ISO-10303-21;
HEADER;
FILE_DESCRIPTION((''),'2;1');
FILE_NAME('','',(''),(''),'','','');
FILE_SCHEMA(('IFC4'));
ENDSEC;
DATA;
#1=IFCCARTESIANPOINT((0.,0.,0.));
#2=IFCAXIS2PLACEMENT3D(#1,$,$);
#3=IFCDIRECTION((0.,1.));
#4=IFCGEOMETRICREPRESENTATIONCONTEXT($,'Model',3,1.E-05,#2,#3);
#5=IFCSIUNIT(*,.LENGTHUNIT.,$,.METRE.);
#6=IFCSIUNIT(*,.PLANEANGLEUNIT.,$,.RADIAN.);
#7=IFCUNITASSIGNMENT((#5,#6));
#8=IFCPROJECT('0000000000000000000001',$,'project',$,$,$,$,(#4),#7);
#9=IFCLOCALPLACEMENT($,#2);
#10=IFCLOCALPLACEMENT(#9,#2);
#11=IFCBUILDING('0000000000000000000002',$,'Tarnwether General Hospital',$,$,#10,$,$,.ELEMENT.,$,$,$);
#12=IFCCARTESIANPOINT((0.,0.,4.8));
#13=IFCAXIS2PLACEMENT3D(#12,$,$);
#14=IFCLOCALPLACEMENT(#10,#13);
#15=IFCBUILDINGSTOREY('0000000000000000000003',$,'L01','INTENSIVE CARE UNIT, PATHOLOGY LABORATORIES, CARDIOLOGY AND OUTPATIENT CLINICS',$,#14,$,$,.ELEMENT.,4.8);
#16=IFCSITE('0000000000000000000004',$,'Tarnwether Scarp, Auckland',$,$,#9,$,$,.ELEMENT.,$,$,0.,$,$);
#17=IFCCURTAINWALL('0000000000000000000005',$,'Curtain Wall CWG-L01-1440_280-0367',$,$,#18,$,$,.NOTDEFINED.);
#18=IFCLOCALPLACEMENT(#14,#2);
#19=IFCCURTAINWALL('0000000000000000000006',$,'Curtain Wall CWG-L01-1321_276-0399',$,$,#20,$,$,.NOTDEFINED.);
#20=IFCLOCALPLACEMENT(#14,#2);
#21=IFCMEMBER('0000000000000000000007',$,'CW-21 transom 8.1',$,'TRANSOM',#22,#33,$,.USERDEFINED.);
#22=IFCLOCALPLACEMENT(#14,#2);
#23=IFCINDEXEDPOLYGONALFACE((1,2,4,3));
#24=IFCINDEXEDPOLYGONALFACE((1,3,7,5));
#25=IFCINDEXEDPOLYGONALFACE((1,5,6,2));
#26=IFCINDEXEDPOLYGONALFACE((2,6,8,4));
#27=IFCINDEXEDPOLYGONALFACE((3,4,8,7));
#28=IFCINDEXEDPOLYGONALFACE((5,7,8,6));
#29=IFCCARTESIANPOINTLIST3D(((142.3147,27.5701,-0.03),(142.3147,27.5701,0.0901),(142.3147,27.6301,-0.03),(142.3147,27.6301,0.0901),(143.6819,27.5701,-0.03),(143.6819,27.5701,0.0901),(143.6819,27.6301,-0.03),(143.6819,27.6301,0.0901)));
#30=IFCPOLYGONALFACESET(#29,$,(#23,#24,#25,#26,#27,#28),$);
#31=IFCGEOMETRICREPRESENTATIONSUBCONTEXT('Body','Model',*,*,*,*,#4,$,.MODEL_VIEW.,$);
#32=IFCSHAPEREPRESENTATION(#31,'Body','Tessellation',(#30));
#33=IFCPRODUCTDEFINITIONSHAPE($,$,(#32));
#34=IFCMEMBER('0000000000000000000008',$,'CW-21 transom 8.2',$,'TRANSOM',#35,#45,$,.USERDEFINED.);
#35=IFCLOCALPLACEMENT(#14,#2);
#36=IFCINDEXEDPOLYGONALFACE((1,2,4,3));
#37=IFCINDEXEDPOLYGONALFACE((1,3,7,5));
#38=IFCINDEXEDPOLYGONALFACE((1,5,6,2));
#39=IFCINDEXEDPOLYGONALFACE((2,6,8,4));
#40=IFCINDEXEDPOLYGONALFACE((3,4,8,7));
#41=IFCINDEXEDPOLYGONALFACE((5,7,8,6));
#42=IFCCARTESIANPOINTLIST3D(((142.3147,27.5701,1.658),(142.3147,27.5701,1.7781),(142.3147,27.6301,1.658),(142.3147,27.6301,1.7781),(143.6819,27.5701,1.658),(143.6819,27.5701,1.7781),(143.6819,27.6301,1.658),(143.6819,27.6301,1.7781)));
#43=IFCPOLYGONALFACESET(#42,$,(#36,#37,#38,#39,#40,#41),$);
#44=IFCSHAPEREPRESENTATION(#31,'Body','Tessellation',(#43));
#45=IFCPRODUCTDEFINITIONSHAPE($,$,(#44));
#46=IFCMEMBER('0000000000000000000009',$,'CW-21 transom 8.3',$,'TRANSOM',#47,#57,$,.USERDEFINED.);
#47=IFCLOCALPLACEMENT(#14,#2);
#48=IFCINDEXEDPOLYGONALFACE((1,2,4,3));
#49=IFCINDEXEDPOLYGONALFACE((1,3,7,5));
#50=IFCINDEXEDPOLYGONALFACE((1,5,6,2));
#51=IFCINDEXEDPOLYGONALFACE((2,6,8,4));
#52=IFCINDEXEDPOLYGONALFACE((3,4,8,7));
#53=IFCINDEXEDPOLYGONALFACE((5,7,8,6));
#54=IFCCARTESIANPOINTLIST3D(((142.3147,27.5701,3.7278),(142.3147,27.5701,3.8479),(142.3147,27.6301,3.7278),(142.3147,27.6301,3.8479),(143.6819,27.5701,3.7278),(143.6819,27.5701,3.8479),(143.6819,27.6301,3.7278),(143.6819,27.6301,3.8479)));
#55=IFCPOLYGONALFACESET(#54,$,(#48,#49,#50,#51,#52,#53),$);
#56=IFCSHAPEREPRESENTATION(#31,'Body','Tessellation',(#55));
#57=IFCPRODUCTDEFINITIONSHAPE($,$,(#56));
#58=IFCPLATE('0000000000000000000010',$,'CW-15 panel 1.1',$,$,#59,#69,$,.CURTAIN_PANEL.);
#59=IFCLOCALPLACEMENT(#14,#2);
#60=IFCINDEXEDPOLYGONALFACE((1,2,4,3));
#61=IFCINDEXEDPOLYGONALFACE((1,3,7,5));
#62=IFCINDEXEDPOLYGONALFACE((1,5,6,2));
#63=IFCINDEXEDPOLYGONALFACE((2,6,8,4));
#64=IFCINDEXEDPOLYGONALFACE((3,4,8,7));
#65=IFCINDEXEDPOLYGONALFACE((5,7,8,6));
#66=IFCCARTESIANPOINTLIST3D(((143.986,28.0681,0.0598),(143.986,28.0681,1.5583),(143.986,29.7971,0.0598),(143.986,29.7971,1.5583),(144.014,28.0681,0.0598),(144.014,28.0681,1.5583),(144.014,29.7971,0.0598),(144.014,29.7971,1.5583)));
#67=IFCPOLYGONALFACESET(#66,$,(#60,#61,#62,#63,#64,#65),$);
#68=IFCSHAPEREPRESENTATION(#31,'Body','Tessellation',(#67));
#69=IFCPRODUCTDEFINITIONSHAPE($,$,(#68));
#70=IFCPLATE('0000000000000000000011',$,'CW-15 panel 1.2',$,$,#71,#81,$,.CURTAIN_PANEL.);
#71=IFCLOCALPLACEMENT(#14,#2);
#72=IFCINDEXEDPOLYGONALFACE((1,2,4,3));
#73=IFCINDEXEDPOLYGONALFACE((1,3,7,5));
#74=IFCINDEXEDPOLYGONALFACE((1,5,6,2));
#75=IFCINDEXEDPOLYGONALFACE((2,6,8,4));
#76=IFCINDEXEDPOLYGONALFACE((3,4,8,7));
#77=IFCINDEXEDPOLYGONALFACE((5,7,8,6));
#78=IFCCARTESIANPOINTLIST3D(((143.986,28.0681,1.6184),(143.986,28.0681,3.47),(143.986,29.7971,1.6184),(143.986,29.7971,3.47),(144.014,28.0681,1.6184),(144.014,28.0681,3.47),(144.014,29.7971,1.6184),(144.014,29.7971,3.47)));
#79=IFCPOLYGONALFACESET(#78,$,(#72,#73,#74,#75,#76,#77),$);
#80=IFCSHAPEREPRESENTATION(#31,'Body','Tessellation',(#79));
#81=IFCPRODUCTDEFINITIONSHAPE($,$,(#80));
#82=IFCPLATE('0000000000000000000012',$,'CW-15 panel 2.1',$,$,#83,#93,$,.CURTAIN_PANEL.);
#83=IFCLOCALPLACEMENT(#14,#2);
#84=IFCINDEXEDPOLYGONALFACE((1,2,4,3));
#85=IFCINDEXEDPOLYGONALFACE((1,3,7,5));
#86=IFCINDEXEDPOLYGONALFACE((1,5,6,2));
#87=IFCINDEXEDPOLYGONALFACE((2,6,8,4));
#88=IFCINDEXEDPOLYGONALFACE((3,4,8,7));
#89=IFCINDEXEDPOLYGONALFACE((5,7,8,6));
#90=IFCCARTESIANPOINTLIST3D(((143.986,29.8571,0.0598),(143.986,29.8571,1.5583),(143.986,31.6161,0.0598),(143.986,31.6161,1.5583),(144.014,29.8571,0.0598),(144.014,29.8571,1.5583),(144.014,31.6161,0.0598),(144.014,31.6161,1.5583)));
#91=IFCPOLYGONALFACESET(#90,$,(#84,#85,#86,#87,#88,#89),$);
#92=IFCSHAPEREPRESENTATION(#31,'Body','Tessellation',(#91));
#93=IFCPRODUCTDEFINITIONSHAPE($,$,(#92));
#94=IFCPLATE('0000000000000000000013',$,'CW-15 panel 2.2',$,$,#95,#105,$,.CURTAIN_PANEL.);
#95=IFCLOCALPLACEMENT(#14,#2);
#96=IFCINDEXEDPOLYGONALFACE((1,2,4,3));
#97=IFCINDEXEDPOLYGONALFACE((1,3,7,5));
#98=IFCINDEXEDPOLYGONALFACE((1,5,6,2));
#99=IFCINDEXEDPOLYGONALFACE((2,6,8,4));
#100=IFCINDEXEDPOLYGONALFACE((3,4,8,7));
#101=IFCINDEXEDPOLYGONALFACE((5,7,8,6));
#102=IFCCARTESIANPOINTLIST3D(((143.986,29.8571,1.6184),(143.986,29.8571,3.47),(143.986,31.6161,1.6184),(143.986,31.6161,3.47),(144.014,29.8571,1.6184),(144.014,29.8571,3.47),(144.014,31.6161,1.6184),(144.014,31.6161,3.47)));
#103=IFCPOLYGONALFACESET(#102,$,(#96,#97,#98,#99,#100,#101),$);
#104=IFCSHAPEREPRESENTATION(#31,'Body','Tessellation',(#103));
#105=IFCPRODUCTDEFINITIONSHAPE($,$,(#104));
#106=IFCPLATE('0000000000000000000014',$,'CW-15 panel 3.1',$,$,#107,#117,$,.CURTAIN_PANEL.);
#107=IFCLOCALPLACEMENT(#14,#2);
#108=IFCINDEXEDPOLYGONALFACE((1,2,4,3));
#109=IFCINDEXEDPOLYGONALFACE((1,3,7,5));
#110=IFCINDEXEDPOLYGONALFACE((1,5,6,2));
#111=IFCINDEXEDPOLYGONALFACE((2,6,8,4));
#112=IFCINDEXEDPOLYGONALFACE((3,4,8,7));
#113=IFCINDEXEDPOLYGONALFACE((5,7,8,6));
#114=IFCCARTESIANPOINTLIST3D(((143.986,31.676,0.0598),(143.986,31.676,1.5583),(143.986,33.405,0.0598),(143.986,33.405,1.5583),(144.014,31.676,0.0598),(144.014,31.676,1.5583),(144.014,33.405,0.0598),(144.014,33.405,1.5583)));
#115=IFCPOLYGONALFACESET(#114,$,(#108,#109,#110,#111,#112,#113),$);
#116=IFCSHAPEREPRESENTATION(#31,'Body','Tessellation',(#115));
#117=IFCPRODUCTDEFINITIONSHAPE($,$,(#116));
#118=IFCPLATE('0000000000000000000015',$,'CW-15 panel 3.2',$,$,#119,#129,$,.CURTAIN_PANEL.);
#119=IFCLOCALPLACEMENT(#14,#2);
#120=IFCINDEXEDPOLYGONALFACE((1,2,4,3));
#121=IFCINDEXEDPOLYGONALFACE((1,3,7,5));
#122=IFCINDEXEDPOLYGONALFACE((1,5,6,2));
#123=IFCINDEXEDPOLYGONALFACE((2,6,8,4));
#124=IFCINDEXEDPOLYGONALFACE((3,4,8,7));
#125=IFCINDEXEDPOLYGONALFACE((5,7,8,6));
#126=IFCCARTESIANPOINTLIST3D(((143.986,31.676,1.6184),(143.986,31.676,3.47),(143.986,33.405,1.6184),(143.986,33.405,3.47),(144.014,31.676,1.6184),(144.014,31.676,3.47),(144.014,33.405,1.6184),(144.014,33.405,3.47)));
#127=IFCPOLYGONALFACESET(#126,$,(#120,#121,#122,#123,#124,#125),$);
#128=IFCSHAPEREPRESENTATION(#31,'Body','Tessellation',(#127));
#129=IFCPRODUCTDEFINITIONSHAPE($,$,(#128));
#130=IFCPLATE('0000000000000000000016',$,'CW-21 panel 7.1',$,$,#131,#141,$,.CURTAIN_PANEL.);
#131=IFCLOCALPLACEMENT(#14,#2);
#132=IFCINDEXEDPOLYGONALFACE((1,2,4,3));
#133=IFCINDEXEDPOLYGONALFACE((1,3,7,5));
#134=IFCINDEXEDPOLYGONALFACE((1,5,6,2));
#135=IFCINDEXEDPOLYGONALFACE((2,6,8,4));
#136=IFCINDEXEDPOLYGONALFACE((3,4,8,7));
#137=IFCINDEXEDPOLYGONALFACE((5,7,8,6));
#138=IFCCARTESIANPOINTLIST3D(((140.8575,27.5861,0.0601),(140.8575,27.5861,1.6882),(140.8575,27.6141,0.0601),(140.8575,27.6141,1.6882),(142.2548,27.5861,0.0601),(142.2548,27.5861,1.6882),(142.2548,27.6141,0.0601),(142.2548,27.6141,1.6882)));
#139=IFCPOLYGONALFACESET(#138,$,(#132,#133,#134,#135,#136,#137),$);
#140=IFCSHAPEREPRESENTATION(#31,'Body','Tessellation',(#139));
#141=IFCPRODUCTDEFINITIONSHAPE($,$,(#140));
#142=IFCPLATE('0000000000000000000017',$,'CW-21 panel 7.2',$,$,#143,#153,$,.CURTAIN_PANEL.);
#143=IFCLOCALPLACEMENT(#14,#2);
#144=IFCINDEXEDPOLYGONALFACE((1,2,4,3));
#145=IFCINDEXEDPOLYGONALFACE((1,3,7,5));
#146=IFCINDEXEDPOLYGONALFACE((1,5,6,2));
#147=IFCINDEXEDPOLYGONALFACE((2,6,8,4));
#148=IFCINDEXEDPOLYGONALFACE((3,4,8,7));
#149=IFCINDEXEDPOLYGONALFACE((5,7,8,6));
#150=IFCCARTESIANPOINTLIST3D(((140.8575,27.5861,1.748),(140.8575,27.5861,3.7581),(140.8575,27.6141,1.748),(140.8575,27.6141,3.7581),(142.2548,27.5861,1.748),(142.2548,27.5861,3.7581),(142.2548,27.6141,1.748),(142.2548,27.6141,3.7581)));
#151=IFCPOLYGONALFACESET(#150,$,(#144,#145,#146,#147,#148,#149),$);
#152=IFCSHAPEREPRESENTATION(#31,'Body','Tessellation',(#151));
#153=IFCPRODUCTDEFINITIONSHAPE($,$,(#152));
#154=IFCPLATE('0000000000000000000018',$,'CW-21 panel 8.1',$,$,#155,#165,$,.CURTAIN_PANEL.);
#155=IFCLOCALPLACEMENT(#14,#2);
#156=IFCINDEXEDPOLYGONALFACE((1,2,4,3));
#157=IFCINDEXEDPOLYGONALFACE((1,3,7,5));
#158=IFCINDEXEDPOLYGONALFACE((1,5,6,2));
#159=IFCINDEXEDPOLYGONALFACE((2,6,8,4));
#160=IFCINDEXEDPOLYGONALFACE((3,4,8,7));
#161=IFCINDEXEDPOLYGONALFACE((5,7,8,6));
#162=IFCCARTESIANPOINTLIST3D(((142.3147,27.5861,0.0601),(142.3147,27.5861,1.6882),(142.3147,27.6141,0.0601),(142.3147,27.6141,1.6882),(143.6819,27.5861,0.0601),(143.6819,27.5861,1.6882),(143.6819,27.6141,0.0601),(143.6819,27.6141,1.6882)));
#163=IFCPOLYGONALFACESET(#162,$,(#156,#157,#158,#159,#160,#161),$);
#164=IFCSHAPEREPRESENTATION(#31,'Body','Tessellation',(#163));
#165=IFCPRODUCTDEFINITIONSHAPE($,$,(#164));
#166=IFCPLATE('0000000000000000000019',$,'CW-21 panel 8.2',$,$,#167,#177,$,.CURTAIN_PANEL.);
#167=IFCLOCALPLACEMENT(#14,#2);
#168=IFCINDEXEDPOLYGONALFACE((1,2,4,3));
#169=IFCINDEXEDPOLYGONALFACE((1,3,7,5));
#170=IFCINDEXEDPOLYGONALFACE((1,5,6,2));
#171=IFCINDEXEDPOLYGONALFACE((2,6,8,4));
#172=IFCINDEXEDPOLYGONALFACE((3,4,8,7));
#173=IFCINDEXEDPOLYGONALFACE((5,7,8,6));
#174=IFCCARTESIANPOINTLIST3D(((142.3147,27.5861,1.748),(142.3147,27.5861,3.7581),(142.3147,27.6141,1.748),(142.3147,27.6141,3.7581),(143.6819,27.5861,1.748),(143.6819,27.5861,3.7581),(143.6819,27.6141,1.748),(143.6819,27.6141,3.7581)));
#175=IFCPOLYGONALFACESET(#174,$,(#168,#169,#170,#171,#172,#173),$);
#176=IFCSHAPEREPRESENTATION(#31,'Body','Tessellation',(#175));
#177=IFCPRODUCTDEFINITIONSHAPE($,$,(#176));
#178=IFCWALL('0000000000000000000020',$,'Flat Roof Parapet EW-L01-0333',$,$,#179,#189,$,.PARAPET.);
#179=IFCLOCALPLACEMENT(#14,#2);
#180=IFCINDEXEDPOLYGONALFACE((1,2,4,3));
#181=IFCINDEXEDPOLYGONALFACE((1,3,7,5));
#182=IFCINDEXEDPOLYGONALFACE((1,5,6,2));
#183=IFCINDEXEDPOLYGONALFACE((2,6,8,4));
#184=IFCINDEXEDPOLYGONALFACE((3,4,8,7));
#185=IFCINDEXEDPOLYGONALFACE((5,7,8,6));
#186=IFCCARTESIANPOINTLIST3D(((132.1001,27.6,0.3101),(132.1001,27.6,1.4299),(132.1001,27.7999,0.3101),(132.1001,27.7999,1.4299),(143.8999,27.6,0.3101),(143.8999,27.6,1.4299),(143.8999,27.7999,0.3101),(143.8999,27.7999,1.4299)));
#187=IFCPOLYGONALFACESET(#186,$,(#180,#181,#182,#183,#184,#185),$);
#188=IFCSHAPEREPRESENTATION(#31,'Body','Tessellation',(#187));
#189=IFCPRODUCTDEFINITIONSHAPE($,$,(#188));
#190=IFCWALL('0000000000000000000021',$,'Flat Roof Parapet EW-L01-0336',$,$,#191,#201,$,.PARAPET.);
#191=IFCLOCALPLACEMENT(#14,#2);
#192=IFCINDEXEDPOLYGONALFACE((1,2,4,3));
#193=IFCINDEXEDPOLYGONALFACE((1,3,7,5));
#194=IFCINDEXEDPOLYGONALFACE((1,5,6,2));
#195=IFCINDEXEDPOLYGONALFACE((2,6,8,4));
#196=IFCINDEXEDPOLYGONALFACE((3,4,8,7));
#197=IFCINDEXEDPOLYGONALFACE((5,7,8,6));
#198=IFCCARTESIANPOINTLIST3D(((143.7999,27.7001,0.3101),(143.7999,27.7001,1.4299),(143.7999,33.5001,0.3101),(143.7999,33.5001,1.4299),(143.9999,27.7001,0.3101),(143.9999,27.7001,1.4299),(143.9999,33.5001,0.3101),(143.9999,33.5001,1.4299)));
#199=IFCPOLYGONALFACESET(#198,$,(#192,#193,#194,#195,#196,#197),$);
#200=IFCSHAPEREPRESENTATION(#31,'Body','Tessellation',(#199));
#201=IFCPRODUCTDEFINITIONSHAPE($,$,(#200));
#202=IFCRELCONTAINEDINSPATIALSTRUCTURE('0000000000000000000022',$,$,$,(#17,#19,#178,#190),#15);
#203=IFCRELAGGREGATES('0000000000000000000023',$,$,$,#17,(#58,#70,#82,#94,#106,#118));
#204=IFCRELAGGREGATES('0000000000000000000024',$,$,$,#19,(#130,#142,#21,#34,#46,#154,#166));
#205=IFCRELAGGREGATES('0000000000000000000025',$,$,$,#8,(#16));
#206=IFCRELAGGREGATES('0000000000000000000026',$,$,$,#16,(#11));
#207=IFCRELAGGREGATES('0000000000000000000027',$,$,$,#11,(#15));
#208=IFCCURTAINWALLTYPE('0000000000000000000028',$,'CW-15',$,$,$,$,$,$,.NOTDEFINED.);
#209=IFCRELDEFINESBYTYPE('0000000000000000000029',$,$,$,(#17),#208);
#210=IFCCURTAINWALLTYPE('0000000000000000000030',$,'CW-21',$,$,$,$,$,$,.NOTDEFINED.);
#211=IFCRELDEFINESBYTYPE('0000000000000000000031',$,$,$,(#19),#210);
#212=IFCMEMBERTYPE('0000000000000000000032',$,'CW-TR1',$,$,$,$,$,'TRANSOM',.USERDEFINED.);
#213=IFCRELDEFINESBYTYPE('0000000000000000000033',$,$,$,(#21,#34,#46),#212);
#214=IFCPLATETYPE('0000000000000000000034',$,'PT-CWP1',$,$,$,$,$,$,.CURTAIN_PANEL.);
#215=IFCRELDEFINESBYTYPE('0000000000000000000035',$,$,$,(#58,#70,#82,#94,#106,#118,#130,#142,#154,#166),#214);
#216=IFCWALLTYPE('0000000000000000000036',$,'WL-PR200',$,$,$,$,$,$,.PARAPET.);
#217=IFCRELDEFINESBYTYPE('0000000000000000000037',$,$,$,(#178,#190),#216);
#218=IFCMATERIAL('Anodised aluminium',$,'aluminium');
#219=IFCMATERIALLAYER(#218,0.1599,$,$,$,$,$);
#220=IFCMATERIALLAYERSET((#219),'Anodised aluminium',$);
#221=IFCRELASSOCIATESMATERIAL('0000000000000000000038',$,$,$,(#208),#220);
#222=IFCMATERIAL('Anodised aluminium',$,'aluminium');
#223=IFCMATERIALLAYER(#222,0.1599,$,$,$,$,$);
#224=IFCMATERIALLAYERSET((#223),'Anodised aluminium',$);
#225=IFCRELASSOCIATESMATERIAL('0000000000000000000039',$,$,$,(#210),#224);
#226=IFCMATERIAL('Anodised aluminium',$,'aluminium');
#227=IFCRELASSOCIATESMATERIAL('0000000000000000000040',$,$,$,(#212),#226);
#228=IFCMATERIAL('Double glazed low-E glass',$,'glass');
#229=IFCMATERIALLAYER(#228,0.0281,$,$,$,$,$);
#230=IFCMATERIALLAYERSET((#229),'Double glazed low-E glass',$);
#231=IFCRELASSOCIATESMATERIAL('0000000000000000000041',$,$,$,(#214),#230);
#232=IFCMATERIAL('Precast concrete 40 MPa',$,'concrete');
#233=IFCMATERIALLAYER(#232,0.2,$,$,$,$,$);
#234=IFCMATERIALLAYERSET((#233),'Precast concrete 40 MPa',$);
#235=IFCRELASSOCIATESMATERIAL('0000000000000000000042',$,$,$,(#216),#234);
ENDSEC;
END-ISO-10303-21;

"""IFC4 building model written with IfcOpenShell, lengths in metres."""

from ifc_helpers import new_model, si_unit, direction, frame, frame_2d, origin, origin_2d, place, context, subcontext, project, spatial, rectangle, extrude, material, layer, layer_set, material_profile, profile_set, type_object, element, aggregate, save


model = new_model("IFC4")

# Units and contexts
model_context = context("Model", 3, precision=1e-05, world=origin(), true_north=direction((0.0, 1.0)))
body_context = subcontext(model_context, "Body", "Model", "MODEL_VIEW")
ifc_project = project(units=[si_unit("LENGTHUNIT", "METRE"), si_unit("PLANEANGLEUNIT", "RADIAN")], contexts=[model_context])

# Site, building, storey
site_placement = place(None, origin())
site = spatial("IfcSite", under=ifc_project, at=site_placement, Name="Tarnwether Scarp, Auckland", CompositionType="ELEMENT", RefElevation=0.0)
building_placement = place(site_placement, origin())
building = spatial("IfcBuilding", under=site, at=building_placement, Name="Tarnwether General Hospital", CompositionType="ELEMENT")
storey_placement = place(building_placement, frame((0.0, 0.0, 4.8)))
storey = spatial("IfcBuildingStorey", under=building, at=storey_placement, Name="L01", Description="INTENSIVE CARE UNIT, PATHOLOGY LABORATORIES, CARDIOLOGY AND OUTPATIENT CLINICS", CompositionType="ELEMENT", Elevation=4.8)

# Curtain walls
ifc_material_1 = material(Name="Anodised aluminium", Category="aluminium")
ifc_layer_1 = layer(ifc_material_1, 0.1599)
ifc_layer_set_1 = layer_set([ifc_layer_1], Name="Anodised aluminium")
curtain_wall_type_1 = type_object("IfcCurtainWallType", Name="CW-15", PredefinedType="NOTDEFINED", material=ifc_layer_set_1)
curtain_wall_1_placement = place(storey_placement, origin())
curtain_wall_1 = element("IfcCurtainWall", 1, at=curtain_wall_1_placement, inside=storey, type_object=curtain_wall_type_1, Name="Curtain Wall CWG-L01-1440_280-0367", PredefinedType="NOTDEFINED")
ifc_material_2 = material(Name="Anodised aluminium", Category="aluminium")
ifc_layer_2 = layer(ifc_material_2, 0.1599)
ifc_layer_set_2 = layer_set([ifc_layer_2], Name="Anodised aluminium")
curtain_wall_type_2 = type_object("IfcCurtainWallType", Name="CW-21", PredefinedType="NOTDEFINED", material=ifc_layer_set_2)
curtain_wall_2_placement = place(storey_placement, origin())
curtain_wall_2 = element("IfcCurtainWall", 2, at=curtain_wall_2_placement, inside=storey, type_object=curtain_wall_type_2, Name="Curtain Wall CWG-L01-1321_276-0399", PredefinedType="NOTDEFINED")

# Members
ifc_material_3 = material(Name="Anodised aluminium", Category="aluminium")
ifc_material_profile_1 = material_profile(ifc_material_3, rectangle(XDim=0.0601, YDim=0.1201, at=origin_2d()), Name="ALU-TRN-60x120")
ifc_profile_set_1 = profile_set([ifc_material_profile_1], Name="Anodised aluminium")
member_type_1 = type_object("IfcMemberType", Name="CW-TR1", ElementType="TRANSOM", PredefinedType="USERDEFINED", material=ifc_profile_set_1)
member_1_placement = place(storey_placement, frame((142.3147, 27.6001, 0.03), z_axis=(1.0, 0.0, 0.0), x_axis=(0.0, 1.0, 0.0)))
member_1 = element("IfcMember", 3, at=member_1_placement, type_object=member_type_1, Name="CW-21 transom 8.1", ObjectType="TRANSOM", PredefinedType="USERDEFINED", context=body_context, shape_type="SweptSolid", body=[
    extrude(rectangle(XDim=0.0601, YDim=0.1201, at=origin_2d()), origin(), (0.0, 0.0, 1.0), 1.3672),
])
member_2_placement = place(storey_placement, frame((142.3147, 27.6001, 1.718), z_axis=(1.0, 0.0, 0.0), x_axis=(0.0, 1.0, 0.0)))
member_2 = element("IfcMember", 4, at=member_2_placement, type_object=member_type_1, Name="CW-21 transom 8.2", ObjectType="TRANSOM", PredefinedType="USERDEFINED", context=body_context, shape_type="SweptSolid", body=[
    extrude(rectangle(XDim=0.0601, YDim=0.1201, at=origin_2d()), origin(), (0.0, 0.0, 1.0), 1.3672),
])
member_3_placement = place(storey_placement, frame((142.3147, 27.6001, 3.7878), z_axis=(1.0, 0.0, 0.0), x_axis=(0.0, 1.0, 0.0)))
member_3 = element("IfcMember", 5, at=member_3_placement, type_object=member_type_1, Name="CW-21 transom 8.3", ObjectType="TRANSOM", PredefinedType="USERDEFINED", context=body_context, shape_type="SweptSolid", body=[
    extrude(rectangle(XDim=0.0601, YDim=0.1201, at=origin_2d()), origin(), (0.0, 0.0, 1.0), 1.3672),
])

# Plates
ifc_material_4 = material(Name="Double glazed low-E glass", Category="glass")
ifc_layer_3 = layer(ifc_material_4, 0.0281)
ifc_layer_set_3 = layer_set([ifc_layer_3], Name="Double glazed low-E glass")
plate_type = type_object("IfcPlateType", Name="PT-CWP1", PredefinedType="CURTAIN_PANEL", material=ifc_layer_set_3)
plate_1_placement = place(storey_placement, frame((144.0, 28.9326, 0.0598), z_axis=(0.0, 0.0, 1.0), x_axis=(0.0, 1.0, 0.0)))
plate_1 = element("IfcPlate", 6, at=plate_1_placement, type_object=plate_type, Name="CW-15 panel 1.1", PredefinedType="CURTAIN_PANEL", context=body_context, shape_type="SweptSolid", body=[
    extrude(rectangle(XDim=1.729, YDim=0.0281, at=origin_2d()), origin(), (0.0, 0.0, 1.0), 1.4985),
])
plate_2_placement = place(storey_placement, frame((144.0, 28.9326, 1.6184), z_axis=(0.0, 0.0, 1.0), x_axis=(0.0, 1.0, 0.0)))
plate_2 = element("IfcPlate", 7, at=plate_2_placement, type_object=plate_type, Name="CW-15 panel 1.2", PredefinedType="CURTAIN_PANEL", context=body_context, shape_type="SweptSolid", body=[
    extrude(rectangle(XDim=1.729, YDim=0.0281, at=origin_2d()), origin(), (0.0, 0.0, 1.0), 1.8516),
])
plate_3_placement = place(storey_placement, frame((144.0, 30.7366, 0.0598), z_axis=(0.0, 0.0, 1.0), x_axis=(0.0, 1.0, 0.0)))
plate_3 = element("IfcPlate", 8, at=plate_3_placement, type_object=plate_type, Name="CW-15 panel 2.1", PredefinedType="CURTAIN_PANEL", context=body_context, shape_type="SweptSolid", body=[
    extrude(rectangle(XDim=1.759, YDim=0.0281, at=origin_2d()), origin(), (0.0, 0.0, 1.0), 1.4985),
])
plate_4_placement = place(storey_placement, frame((144.0, 30.7366, 1.6184), z_axis=(0.0, 0.0, 1.0), x_axis=(0.0, 1.0, 0.0)))
plate_4 = element("IfcPlate", 9, at=plate_4_placement, type_object=plate_type, Name="CW-15 panel 2.2", PredefinedType="CURTAIN_PANEL", context=body_context, shape_type="SweptSolid", body=[
    extrude(rectangle(XDim=1.759, YDim=0.0281, at=origin_2d()), origin(), (0.0, 0.0, 1.0), 1.8516),
])
plate_5_placement = place(storey_placement, frame((144.0, 32.5405, 0.0598), z_axis=(0.0, 0.0, 1.0), x_axis=(0.0, 1.0, 0.0)))
plate_5 = element("IfcPlate", 10, at=plate_5_placement, type_object=plate_type, Name="CW-15 panel 3.1", PredefinedType="CURTAIN_PANEL", context=body_context, shape_type="SweptSolid", body=[
    extrude(rectangle(XDim=1.729, YDim=0.0281, at=origin_2d()), origin(), (0.0, 0.0, 1.0), 1.4985),
])
plate_6_placement = place(storey_placement, frame((144.0, 32.5405, 1.6184), z_axis=(0.0, 0.0, 1.0), x_axis=(0.0, 1.0, 0.0)))
plate_6 = element("IfcPlate", 11, at=plate_6_placement, type_object=plate_type, Name="CW-15 panel 3.2", PredefinedType="CURTAIN_PANEL", context=body_context, shape_type="SweptSolid", body=[
    extrude(rectangle(XDim=1.729, YDim=0.0281, at=origin_2d()), origin(), (0.0, 0.0, 1.0), 1.8516),
])
aggregate(curtain_wall_1, [plate_1, plate_2, plate_3, plate_4, plate_5, plate_6])
plate_7_placement = place(storey_placement, frame((141.5562, 27.6001, 0.0601), z_axis=(0.0, 0.0, 1.0), x_axis=(1.0, 0.0, 0.0)))
plate_7 = element("IfcPlate", 12, at=plate_7_placement, type_object=plate_type, Name="CW-21 panel 7.1", PredefinedType="CURTAIN_PANEL", context=body_context, shape_type="SweptSolid", body=[
    extrude(rectangle(XDim=1.3972, YDim=0.0281, at=origin_2d()), origin(), (0.0, 0.0, 1.0), 1.6282),
])
plate_8_placement = place(storey_placement, frame((141.5562, 27.6001, 1.748), z_axis=(0.0, 0.0, 1.0), x_axis=(1.0, 0.0, 0.0)))
plate_8 = element("IfcPlate", 13, at=plate_8_placement, type_object=plate_type, Name="CW-21 panel 7.2", PredefinedType="CURTAIN_PANEL", context=body_context, shape_type="SweptSolid", body=[
    extrude(rectangle(XDim=1.3972, YDim=0.0281, at=origin_2d()), origin(), (0.0, 0.0, 1.0), 2.01),
])
plate_9_placement = place(storey_placement, frame((142.9983, 27.6001, 0.0601), z_axis=(0.0, 0.0, 1.0), x_axis=(1.0, 0.0, 0.0)))
plate_9 = element("IfcPlate", 14, at=plate_9_placement, type_object=plate_type, Name="CW-21 panel 8.1", PredefinedType="CURTAIN_PANEL", context=body_context, shape_type="SweptSolid", body=[
    extrude(rectangle(XDim=1.3672, YDim=0.0281, at=origin_2d()), origin(), (0.0, 0.0, 1.0), 1.6282),
])
plate_10_placement = place(storey_placement, frame((142.9983, 27.6001, 1.748), z_axis=(0.0, 0.0, 1.0), x_axis=(1.0, 0.0, 0.0)))
plate_10 = element("IfcPlate", 15, at=plate_10_placement, type_object=plate_type, Name="CW-21 panel 8.2", PredefinedType="CURTAIN_PANEL", context=body_context, shape_type="SweptSolid", body=[
    extrude(rectangle(XDim=1.3672, YDim=0.0281, at=origin_2d()), origin(), (0.0, 0.0, 1.0), 2.01),
])
aggregate(curtain_wall_2, [plate_7, plate_8, member_1, member_2, member_3, plate_9, plate_10])

# Walls
ifc_material_5 = material(Name="Precast concrete 40 MPa", Category="concrete")
ifc_layer_4 = layer(ifc_material_5, 0.2)
ifc_layer_set_4 = layer_set([ifc_layer_4], Name="Precast concrete 40 MPa")
wall_type = type_object("IfcWallType", Name="WL-PR200", PredefinedType="PARAPET", material=ifc_layer_set_4)
wall_1_placement = place(storey_placement, frame((143.8999, 27.7, 0.3101), z_axis=(0.0, 0.0, 1.0), x_axis=(-1.0, 0.0, 0.0)))
element("IfcWall", 16, at=wall_1_placement, inside=storey, type_object=wall_type, Name="Flat Roof Parapet EW-L01-0333", PredefinedType="PARAPET", context=body_context, shape_type="SweptSolid", body=[
    extrude(rectangle(XDim=11.7998, YDim=0.2, at=frame_2d((5.8999, 0.0))), origin(), (0.0, 0.0, 1.0), 1.1199),
])
wall_2_placement = place(storey_placement, frame((143.8999, 33.5, 0.3101), z_axis=(0.0, 0.0, 1.0), x_axis=(0.0, -1.0, 0.0)))
element("IfcWall", 17, at=wall_2_placement, inside=storey, type_object=wall_type, Name="Flat Roof Parapet EW-L01-0336", PredefinedType="PARAPET", context=body_context, shape_type="SweptSolid", body=[
    extrude(rectangle(XDim=5.8, YDim=0.2, at=frame_2d((2.8999, 0.0))), origin(), (0.0, 0.0, 1.0), 1.1199),
])

save(model, "model.ifc")
